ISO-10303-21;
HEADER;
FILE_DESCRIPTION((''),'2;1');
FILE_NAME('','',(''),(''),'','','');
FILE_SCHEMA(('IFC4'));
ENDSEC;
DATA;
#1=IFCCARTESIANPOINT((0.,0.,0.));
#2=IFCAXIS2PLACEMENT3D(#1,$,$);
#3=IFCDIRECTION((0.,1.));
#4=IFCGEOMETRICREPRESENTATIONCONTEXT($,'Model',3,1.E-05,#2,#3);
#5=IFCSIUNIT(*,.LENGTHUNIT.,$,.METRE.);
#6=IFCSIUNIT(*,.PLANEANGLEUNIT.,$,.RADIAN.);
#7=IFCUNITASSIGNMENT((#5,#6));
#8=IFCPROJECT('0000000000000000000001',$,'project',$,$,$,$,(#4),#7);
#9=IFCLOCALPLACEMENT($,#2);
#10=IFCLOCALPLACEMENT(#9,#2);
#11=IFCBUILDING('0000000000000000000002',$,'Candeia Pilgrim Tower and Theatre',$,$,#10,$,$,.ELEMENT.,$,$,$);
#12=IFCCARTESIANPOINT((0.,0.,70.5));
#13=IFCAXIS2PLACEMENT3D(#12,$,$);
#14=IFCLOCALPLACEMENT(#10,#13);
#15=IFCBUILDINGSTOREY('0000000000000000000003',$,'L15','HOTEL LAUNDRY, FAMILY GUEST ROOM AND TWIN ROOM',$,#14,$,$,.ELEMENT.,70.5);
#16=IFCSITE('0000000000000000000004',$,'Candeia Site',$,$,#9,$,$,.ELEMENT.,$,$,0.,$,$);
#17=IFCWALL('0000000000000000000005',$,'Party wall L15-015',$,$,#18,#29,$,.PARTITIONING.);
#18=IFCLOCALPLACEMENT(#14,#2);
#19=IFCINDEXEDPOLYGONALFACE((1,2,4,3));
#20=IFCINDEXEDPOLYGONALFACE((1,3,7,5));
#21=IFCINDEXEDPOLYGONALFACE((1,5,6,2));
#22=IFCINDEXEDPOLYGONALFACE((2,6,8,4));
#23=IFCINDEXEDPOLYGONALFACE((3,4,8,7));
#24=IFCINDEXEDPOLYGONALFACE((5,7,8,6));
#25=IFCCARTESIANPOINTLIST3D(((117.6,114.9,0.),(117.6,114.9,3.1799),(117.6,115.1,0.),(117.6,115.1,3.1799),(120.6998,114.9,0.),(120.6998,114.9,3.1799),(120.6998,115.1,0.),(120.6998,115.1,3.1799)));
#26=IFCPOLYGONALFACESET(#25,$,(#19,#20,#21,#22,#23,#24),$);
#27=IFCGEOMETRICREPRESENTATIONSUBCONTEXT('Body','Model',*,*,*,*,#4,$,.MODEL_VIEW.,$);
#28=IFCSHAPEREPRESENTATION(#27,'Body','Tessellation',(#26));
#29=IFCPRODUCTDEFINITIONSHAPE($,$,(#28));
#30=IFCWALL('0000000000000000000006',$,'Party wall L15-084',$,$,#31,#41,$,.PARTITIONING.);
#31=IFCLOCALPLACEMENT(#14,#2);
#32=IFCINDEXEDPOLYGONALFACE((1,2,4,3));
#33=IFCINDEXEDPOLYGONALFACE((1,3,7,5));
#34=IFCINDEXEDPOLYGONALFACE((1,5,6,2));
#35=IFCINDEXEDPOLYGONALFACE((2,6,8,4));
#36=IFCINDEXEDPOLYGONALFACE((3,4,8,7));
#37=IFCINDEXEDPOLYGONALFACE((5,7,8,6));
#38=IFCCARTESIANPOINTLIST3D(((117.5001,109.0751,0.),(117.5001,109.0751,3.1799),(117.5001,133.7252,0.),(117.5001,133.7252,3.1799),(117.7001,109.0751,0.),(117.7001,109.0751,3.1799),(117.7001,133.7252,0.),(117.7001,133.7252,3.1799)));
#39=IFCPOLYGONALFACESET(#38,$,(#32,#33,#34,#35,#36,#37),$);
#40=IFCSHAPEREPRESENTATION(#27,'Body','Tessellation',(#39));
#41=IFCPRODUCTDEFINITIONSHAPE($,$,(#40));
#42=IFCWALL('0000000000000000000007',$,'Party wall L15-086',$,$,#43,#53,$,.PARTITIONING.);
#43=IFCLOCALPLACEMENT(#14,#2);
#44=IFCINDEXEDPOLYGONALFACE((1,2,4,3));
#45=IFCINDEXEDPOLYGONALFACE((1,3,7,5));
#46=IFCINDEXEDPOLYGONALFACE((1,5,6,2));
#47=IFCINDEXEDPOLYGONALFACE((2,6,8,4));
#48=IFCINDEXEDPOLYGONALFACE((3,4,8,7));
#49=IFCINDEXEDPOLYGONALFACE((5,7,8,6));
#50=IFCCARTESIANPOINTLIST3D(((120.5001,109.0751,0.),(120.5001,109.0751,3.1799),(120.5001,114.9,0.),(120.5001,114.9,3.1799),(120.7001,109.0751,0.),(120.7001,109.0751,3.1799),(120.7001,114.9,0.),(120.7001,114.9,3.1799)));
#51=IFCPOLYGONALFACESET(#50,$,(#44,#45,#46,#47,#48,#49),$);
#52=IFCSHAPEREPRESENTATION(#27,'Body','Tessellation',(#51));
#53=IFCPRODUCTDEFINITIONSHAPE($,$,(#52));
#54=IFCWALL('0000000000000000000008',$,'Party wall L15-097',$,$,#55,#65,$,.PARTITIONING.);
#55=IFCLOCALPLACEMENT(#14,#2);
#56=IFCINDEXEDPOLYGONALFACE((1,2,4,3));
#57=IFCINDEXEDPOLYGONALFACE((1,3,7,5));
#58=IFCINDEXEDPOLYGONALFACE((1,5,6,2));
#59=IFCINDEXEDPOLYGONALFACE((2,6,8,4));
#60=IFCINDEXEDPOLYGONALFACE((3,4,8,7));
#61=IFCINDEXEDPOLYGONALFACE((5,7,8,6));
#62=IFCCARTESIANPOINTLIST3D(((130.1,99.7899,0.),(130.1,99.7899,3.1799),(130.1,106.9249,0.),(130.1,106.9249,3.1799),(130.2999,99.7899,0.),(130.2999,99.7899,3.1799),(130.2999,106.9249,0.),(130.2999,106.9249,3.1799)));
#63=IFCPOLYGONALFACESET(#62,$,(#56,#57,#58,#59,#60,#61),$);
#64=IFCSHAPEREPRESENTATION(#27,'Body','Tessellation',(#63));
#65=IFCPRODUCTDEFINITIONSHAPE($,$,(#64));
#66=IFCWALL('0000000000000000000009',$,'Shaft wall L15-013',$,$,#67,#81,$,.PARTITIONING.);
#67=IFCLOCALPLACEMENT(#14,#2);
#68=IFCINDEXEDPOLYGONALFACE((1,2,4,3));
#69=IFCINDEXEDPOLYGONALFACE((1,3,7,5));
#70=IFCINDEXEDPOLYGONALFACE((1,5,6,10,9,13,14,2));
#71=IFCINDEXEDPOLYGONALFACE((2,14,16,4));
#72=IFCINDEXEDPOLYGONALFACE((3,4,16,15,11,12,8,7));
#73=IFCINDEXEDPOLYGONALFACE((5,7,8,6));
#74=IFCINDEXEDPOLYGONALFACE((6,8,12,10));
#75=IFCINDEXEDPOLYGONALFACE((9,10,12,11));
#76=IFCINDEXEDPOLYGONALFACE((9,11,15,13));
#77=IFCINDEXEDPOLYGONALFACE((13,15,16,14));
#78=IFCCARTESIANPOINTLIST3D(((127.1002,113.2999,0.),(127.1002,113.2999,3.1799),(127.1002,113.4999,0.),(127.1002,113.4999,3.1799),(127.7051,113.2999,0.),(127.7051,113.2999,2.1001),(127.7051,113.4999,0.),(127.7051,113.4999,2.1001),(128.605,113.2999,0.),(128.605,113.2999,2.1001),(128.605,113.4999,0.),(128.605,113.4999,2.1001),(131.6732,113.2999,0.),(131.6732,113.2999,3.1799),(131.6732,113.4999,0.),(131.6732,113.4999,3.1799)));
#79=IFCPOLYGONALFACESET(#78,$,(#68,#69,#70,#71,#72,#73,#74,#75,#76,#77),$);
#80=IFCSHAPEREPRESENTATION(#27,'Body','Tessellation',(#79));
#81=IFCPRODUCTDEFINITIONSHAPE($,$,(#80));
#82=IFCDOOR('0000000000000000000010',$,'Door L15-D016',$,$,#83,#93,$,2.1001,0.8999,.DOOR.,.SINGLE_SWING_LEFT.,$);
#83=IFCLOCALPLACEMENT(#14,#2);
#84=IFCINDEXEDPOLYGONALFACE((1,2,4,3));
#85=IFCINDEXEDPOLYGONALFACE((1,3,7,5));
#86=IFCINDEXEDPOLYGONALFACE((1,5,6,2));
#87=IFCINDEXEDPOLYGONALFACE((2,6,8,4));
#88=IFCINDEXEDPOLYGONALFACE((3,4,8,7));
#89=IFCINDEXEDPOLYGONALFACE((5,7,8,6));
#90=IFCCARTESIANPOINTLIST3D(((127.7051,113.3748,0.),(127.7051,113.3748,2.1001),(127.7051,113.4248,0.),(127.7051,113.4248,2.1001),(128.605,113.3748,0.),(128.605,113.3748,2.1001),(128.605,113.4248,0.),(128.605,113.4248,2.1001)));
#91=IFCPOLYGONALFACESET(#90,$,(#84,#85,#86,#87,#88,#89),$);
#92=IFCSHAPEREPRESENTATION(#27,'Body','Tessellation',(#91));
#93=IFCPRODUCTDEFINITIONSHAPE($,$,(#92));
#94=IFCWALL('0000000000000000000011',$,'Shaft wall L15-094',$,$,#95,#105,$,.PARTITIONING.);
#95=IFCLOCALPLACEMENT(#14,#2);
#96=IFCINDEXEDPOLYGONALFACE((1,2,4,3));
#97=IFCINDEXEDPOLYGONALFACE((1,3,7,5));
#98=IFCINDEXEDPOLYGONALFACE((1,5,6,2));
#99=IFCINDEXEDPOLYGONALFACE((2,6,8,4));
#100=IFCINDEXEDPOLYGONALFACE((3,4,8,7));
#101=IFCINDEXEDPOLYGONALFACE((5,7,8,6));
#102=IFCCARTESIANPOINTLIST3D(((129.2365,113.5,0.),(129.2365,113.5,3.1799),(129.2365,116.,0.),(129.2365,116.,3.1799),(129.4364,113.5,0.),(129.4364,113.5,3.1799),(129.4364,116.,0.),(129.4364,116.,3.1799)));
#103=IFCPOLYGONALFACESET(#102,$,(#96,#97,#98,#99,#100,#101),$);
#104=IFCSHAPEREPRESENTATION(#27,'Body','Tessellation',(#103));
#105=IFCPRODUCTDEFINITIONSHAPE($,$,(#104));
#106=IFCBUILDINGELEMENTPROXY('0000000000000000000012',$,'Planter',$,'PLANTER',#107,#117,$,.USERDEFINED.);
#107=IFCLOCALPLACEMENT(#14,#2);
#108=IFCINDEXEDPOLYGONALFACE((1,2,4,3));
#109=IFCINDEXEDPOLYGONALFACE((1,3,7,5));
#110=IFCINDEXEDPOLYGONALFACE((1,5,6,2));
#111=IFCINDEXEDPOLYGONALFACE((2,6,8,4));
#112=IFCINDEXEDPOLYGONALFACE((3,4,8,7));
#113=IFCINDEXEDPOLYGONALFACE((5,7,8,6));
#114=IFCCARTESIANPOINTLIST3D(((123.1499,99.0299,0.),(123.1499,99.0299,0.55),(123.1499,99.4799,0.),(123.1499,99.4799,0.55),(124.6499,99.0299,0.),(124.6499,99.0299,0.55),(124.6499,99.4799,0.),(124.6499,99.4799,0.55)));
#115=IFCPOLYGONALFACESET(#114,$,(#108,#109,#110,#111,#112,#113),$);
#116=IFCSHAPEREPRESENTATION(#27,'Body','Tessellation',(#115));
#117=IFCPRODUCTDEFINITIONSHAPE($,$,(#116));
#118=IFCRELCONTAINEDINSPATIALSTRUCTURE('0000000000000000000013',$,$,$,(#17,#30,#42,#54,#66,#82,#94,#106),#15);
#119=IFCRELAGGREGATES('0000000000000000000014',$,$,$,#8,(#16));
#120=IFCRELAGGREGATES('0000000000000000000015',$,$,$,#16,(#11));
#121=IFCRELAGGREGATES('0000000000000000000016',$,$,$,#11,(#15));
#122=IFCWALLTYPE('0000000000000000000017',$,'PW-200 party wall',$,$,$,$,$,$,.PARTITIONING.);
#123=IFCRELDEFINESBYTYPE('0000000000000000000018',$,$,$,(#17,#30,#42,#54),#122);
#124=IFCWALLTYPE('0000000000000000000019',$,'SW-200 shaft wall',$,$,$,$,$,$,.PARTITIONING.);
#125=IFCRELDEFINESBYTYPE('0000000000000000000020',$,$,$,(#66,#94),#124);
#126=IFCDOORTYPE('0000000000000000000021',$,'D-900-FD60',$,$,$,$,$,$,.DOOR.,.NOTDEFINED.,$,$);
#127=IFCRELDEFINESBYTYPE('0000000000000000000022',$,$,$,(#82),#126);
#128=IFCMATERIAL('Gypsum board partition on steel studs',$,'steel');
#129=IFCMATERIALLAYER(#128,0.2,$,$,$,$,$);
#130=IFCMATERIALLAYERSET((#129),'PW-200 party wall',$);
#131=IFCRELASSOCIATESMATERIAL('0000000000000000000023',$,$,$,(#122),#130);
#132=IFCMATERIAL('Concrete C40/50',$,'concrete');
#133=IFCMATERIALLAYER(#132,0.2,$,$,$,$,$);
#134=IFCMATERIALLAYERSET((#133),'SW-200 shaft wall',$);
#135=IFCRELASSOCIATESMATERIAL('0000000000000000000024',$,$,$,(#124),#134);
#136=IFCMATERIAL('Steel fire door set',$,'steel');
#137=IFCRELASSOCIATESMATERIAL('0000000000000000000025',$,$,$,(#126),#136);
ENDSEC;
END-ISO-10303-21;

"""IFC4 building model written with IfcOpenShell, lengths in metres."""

from ifc_helpers import new_model, si_unit, direction, frame, frame_2d, origin, origin_2d, place, context, subcontext, project, spatial, rectangle, extrude, material, layer, layer_set, type_object, element, fill, save


model = new_model("IFC4")

# Units and contexts
model_context = context("Model", 3, precision=1e-05, world=origin(), true_north=direction((0.0, 1.0)))
body_context = subcontext(model_context, "Body", "Model", "MODEL_VIEW")
ifc_project = project(units=[si_unit("LENGTHUNIT", "METRE"), si_unit("PLANEANGLEUNIT", "RADIAN")], contexts=[model_context])

# Site, building, storey
site_placement = place(None, origin())
site = spatial("IfcSite", under=ifc_project, at=site_placement, Name="Candeia Site", CompositionType="ELEMENT", RefElevation=0.0)
building_placement = place(site_placement, origin())
building = spatial("IfcBuilding", under=site, at=building_placement, Name="Candeia Pilgrim Tower and Theatre", CompositionType="ELEMENT")
storey_placement = place(building_placement, frame((0.0, 0.0, 70.5)))
storey = spatial("IfcBuildingStorey", under=building, at=storey_placement, Name="L15", Description="HOTEL LAUNDRY, FAMILY GUEST ROOM AND TWIN ROOM", CompositionType="ELEMENT", Elevation=70.5)

# Shared definitions
ifc_material_1 = material(Name="Gypsum board partition on steel studs", Category="steel")

# Walls
ifc_layer_1 = layer(ifc_material_1, 0.2)
ifc_layer_set_1 = layer_set([ifc_layer_1], Name="PW-200 party wall")
wall_type_1 = type_object("IfcWallType", Name="PW-200 party wall", PredefinedType="PARTITIONING", material=ifc_layer_set_1)
wall_1_placement = place(storey_placement, frame((117.6001, 115.0, 0.0), z_axis=(0.0, 0.0, 1.0), x_axis=(1.0, 0.0, 0.0)))
element("IfcWall", 1, at=wall_1_placement, inside=storey, type_object=wall_type_1, Name="Party wall L15-015", PredefinedType="PARTITIONING", context=body_context, shape_type="SweptSolid", body=[
    extrude(rectangle(XDim=3.0999, YDim=0.2, at=frame_2d((1.5498, 0.0))), origin(), (0.0, 0.0, 1.0), 3.1799),
])
wall_2_placement = place(storey_placement, frame((117.6001, 109.075, 0.0), z_axis=(0.0, 0.0, 1.0), x_axis=(0.0, 1.0, 0.0)))
element("IfcWall", 2, at=wall_2_placement, inside=storey, type_object=wall_type_1, Name="Party wall L15-084", PredefinedType="PARTITIONING", context=body_context, shape_type="SweptSolid", body=[
    extrude(rectangle(XDim=24.6501, YDim=0.2, at=frame_2d((12.3252, 0.0))), origin(), (0.0, 0.0, 1.0), 3.1799),
])
wall_3_placement = place(storey_placement, frame((120.6001, 109.075, 0.0), z_axis=(0.0, 0.0, 1.0), x_axis=(0.0, 1.0, 0.0)))
element("IfcWall", 3, at=wall_3_placement, inside=storey, type_object=wall_type_1, Name="Party wall L15-086", PredefinedType="PARTITIONING", context=body_context, shape_type="SweptSolid", body=[
    extrude(rectangle(XDim=5.825, YDim=0.2, at=frame_2d((2.9126, 0.0))), origin(), (0.0, 0.0, 1.0), 3.1799),
])
wall_4_placement = place(storey_placement, frame((130.2, 99.79, 0.0), z_axis=(0.0, 0.0, 1.0), x_axis=(0.0, 1.0, 0.0)))
element("IfcWall", 4, at=wall_4_placement, inside=storey, type_object=wall_type_1, Name="Party wall L15-097", PredefinedType="PARTITIONING", context=body_context, shape_type="SweptSolid", body=[
    extrude(rectangle(XDim=7.135, YDim=0.2, at=frame_2d((3.5674, 0.0))), origin(), (0.0, 0.0, 1.0), 3.1799),
])

# Wall, opening, door
ifc_material_2 = material(Name="Concrete C40/50", Category="concrete")
ifc_layer_2 = layer(ifc_material_2, 0.2)
ifc_layer_set_2 = layer_set([ifc_layer_2], Name="SW-200 shaft wall")
wall_type_2 = type_object("IfcWallType", Name="SW-200 shaft wall", PredefinedType="PARTITIONING", material=ifc_layer_set_2)
wall_5_placement = place(storey_placement, frame((127.1001, 113.3999, 0.0), z_axis=(0.0, 0.0, 1.0), x_axis=(1.0, 0.0, 0.0)))
wall_5 = element("IfcWall", 5, at=wall_5_placement, inside=storey, type_object=wall_type_2, Name="Shaft wall L15-013", PredefinedType="PARTITIONING", context=body_context, shape_type="SweptSolid", body=[
    extrude(rectangle(XDim=4.573, YDim=0.2, at=frame_2d((2.2866, 0.0))), origin(), (0.0, 0.0, 1.0), 3.1799),
])
opening_1_placement = place(wall_5_placement, frame((0.605, 0.0, 0.0)))
opening_1 = element("IfcOpeningElement", 6, at=opening_1_placement, cuts=wall_5, PredefinedType="OPENING", context=body_context, shape_type="SweptSolid", body=[
    extrude(rectangle(XDim=0.8999, YDim=2.1001, at=frame_2d((0.45, 1.05))), frame((0.0, 0.1099, 0.0), z_axis=(0.0, -1.0, 0.0), x_axis=(1.0, 0.0, 0.0)), (0.0, 0.0, 1.0), 0.22),
])
ifc_material_3 = material(Name="Steel fire door set", Category="steel")
door_type_1 = type_object("IfcDoorType", Name="D-900-FD60", OperationType="NOTDEFINED", PredefinedType="DOOR", material=ifc_material_3)
door_1_placement = place(opening_1_placement, origin())
door_1 = element("IfcDoor", 7, at=door_1_placement, inside=storey, type_object=door_type_1, Name="Door L15-D016", OperationType="SINGLE_SWING_LEFT", OverallHeight=2.1001, OverallWidth=0.8999, PredefinedType="DOOR", context=body_context, shape_type="SweptSolid", body=[
    extrude(rectangle(XDim=0.8999, YDim=2.1001, at=frame_2d((0.45, 1.05))), frame((0.0, 0.0249, 0.0), z_axis=(0.0, -1.0, 0.0), x_axis=(1.0, 0.0, 0.0)), (0.0, 0.0, 1.0), 0.05),
])
fill(opening_1, door_1)

# Wall
wall_6_placement = place(storey_placement, frame((129.3364, 113.5, 0.0), z_axis=(0.0, 0.0, 1.0), x_axis=(0.0, 1.0, 0.0)))
element("IfcWall", 8, at=wall_6_placement, inside=storey, type_object=wall_type_2, Name="Shaft wall L15-094", PredefinedType="PARTITIONING", context=body_context, shape_type="SweptSolid", body=[
    extrude(rectangle(XDim=2.5, YDim=0.2, at=frame_2d((1.25, 0.0))), origin(), (0.0, 0.0, 1.0), 3.1799),
])

# Building element proxy
proxy_placement = place(storey_placement, frame((123.8999, 99.2549, 0.0), z_axis=(0.0, 0.0, 1.0), x_axis=(1.0, 0.0, 0.0)))
element("IfcBuildingElementProxy", 9, at=proxy_placement, inside=storey, Name="Planter", ObjectType="PLANTER", PredefinedType="USERDEFINED", context=body_context, shape_type="SweptSolid", body=[
    extrude(rectangle(XDim=1.5, YDim=0.45, at=origin_2d()), origin(), (0.0, 0.0, 1.0), 0.55),
])

save(model, "model.ifc")
